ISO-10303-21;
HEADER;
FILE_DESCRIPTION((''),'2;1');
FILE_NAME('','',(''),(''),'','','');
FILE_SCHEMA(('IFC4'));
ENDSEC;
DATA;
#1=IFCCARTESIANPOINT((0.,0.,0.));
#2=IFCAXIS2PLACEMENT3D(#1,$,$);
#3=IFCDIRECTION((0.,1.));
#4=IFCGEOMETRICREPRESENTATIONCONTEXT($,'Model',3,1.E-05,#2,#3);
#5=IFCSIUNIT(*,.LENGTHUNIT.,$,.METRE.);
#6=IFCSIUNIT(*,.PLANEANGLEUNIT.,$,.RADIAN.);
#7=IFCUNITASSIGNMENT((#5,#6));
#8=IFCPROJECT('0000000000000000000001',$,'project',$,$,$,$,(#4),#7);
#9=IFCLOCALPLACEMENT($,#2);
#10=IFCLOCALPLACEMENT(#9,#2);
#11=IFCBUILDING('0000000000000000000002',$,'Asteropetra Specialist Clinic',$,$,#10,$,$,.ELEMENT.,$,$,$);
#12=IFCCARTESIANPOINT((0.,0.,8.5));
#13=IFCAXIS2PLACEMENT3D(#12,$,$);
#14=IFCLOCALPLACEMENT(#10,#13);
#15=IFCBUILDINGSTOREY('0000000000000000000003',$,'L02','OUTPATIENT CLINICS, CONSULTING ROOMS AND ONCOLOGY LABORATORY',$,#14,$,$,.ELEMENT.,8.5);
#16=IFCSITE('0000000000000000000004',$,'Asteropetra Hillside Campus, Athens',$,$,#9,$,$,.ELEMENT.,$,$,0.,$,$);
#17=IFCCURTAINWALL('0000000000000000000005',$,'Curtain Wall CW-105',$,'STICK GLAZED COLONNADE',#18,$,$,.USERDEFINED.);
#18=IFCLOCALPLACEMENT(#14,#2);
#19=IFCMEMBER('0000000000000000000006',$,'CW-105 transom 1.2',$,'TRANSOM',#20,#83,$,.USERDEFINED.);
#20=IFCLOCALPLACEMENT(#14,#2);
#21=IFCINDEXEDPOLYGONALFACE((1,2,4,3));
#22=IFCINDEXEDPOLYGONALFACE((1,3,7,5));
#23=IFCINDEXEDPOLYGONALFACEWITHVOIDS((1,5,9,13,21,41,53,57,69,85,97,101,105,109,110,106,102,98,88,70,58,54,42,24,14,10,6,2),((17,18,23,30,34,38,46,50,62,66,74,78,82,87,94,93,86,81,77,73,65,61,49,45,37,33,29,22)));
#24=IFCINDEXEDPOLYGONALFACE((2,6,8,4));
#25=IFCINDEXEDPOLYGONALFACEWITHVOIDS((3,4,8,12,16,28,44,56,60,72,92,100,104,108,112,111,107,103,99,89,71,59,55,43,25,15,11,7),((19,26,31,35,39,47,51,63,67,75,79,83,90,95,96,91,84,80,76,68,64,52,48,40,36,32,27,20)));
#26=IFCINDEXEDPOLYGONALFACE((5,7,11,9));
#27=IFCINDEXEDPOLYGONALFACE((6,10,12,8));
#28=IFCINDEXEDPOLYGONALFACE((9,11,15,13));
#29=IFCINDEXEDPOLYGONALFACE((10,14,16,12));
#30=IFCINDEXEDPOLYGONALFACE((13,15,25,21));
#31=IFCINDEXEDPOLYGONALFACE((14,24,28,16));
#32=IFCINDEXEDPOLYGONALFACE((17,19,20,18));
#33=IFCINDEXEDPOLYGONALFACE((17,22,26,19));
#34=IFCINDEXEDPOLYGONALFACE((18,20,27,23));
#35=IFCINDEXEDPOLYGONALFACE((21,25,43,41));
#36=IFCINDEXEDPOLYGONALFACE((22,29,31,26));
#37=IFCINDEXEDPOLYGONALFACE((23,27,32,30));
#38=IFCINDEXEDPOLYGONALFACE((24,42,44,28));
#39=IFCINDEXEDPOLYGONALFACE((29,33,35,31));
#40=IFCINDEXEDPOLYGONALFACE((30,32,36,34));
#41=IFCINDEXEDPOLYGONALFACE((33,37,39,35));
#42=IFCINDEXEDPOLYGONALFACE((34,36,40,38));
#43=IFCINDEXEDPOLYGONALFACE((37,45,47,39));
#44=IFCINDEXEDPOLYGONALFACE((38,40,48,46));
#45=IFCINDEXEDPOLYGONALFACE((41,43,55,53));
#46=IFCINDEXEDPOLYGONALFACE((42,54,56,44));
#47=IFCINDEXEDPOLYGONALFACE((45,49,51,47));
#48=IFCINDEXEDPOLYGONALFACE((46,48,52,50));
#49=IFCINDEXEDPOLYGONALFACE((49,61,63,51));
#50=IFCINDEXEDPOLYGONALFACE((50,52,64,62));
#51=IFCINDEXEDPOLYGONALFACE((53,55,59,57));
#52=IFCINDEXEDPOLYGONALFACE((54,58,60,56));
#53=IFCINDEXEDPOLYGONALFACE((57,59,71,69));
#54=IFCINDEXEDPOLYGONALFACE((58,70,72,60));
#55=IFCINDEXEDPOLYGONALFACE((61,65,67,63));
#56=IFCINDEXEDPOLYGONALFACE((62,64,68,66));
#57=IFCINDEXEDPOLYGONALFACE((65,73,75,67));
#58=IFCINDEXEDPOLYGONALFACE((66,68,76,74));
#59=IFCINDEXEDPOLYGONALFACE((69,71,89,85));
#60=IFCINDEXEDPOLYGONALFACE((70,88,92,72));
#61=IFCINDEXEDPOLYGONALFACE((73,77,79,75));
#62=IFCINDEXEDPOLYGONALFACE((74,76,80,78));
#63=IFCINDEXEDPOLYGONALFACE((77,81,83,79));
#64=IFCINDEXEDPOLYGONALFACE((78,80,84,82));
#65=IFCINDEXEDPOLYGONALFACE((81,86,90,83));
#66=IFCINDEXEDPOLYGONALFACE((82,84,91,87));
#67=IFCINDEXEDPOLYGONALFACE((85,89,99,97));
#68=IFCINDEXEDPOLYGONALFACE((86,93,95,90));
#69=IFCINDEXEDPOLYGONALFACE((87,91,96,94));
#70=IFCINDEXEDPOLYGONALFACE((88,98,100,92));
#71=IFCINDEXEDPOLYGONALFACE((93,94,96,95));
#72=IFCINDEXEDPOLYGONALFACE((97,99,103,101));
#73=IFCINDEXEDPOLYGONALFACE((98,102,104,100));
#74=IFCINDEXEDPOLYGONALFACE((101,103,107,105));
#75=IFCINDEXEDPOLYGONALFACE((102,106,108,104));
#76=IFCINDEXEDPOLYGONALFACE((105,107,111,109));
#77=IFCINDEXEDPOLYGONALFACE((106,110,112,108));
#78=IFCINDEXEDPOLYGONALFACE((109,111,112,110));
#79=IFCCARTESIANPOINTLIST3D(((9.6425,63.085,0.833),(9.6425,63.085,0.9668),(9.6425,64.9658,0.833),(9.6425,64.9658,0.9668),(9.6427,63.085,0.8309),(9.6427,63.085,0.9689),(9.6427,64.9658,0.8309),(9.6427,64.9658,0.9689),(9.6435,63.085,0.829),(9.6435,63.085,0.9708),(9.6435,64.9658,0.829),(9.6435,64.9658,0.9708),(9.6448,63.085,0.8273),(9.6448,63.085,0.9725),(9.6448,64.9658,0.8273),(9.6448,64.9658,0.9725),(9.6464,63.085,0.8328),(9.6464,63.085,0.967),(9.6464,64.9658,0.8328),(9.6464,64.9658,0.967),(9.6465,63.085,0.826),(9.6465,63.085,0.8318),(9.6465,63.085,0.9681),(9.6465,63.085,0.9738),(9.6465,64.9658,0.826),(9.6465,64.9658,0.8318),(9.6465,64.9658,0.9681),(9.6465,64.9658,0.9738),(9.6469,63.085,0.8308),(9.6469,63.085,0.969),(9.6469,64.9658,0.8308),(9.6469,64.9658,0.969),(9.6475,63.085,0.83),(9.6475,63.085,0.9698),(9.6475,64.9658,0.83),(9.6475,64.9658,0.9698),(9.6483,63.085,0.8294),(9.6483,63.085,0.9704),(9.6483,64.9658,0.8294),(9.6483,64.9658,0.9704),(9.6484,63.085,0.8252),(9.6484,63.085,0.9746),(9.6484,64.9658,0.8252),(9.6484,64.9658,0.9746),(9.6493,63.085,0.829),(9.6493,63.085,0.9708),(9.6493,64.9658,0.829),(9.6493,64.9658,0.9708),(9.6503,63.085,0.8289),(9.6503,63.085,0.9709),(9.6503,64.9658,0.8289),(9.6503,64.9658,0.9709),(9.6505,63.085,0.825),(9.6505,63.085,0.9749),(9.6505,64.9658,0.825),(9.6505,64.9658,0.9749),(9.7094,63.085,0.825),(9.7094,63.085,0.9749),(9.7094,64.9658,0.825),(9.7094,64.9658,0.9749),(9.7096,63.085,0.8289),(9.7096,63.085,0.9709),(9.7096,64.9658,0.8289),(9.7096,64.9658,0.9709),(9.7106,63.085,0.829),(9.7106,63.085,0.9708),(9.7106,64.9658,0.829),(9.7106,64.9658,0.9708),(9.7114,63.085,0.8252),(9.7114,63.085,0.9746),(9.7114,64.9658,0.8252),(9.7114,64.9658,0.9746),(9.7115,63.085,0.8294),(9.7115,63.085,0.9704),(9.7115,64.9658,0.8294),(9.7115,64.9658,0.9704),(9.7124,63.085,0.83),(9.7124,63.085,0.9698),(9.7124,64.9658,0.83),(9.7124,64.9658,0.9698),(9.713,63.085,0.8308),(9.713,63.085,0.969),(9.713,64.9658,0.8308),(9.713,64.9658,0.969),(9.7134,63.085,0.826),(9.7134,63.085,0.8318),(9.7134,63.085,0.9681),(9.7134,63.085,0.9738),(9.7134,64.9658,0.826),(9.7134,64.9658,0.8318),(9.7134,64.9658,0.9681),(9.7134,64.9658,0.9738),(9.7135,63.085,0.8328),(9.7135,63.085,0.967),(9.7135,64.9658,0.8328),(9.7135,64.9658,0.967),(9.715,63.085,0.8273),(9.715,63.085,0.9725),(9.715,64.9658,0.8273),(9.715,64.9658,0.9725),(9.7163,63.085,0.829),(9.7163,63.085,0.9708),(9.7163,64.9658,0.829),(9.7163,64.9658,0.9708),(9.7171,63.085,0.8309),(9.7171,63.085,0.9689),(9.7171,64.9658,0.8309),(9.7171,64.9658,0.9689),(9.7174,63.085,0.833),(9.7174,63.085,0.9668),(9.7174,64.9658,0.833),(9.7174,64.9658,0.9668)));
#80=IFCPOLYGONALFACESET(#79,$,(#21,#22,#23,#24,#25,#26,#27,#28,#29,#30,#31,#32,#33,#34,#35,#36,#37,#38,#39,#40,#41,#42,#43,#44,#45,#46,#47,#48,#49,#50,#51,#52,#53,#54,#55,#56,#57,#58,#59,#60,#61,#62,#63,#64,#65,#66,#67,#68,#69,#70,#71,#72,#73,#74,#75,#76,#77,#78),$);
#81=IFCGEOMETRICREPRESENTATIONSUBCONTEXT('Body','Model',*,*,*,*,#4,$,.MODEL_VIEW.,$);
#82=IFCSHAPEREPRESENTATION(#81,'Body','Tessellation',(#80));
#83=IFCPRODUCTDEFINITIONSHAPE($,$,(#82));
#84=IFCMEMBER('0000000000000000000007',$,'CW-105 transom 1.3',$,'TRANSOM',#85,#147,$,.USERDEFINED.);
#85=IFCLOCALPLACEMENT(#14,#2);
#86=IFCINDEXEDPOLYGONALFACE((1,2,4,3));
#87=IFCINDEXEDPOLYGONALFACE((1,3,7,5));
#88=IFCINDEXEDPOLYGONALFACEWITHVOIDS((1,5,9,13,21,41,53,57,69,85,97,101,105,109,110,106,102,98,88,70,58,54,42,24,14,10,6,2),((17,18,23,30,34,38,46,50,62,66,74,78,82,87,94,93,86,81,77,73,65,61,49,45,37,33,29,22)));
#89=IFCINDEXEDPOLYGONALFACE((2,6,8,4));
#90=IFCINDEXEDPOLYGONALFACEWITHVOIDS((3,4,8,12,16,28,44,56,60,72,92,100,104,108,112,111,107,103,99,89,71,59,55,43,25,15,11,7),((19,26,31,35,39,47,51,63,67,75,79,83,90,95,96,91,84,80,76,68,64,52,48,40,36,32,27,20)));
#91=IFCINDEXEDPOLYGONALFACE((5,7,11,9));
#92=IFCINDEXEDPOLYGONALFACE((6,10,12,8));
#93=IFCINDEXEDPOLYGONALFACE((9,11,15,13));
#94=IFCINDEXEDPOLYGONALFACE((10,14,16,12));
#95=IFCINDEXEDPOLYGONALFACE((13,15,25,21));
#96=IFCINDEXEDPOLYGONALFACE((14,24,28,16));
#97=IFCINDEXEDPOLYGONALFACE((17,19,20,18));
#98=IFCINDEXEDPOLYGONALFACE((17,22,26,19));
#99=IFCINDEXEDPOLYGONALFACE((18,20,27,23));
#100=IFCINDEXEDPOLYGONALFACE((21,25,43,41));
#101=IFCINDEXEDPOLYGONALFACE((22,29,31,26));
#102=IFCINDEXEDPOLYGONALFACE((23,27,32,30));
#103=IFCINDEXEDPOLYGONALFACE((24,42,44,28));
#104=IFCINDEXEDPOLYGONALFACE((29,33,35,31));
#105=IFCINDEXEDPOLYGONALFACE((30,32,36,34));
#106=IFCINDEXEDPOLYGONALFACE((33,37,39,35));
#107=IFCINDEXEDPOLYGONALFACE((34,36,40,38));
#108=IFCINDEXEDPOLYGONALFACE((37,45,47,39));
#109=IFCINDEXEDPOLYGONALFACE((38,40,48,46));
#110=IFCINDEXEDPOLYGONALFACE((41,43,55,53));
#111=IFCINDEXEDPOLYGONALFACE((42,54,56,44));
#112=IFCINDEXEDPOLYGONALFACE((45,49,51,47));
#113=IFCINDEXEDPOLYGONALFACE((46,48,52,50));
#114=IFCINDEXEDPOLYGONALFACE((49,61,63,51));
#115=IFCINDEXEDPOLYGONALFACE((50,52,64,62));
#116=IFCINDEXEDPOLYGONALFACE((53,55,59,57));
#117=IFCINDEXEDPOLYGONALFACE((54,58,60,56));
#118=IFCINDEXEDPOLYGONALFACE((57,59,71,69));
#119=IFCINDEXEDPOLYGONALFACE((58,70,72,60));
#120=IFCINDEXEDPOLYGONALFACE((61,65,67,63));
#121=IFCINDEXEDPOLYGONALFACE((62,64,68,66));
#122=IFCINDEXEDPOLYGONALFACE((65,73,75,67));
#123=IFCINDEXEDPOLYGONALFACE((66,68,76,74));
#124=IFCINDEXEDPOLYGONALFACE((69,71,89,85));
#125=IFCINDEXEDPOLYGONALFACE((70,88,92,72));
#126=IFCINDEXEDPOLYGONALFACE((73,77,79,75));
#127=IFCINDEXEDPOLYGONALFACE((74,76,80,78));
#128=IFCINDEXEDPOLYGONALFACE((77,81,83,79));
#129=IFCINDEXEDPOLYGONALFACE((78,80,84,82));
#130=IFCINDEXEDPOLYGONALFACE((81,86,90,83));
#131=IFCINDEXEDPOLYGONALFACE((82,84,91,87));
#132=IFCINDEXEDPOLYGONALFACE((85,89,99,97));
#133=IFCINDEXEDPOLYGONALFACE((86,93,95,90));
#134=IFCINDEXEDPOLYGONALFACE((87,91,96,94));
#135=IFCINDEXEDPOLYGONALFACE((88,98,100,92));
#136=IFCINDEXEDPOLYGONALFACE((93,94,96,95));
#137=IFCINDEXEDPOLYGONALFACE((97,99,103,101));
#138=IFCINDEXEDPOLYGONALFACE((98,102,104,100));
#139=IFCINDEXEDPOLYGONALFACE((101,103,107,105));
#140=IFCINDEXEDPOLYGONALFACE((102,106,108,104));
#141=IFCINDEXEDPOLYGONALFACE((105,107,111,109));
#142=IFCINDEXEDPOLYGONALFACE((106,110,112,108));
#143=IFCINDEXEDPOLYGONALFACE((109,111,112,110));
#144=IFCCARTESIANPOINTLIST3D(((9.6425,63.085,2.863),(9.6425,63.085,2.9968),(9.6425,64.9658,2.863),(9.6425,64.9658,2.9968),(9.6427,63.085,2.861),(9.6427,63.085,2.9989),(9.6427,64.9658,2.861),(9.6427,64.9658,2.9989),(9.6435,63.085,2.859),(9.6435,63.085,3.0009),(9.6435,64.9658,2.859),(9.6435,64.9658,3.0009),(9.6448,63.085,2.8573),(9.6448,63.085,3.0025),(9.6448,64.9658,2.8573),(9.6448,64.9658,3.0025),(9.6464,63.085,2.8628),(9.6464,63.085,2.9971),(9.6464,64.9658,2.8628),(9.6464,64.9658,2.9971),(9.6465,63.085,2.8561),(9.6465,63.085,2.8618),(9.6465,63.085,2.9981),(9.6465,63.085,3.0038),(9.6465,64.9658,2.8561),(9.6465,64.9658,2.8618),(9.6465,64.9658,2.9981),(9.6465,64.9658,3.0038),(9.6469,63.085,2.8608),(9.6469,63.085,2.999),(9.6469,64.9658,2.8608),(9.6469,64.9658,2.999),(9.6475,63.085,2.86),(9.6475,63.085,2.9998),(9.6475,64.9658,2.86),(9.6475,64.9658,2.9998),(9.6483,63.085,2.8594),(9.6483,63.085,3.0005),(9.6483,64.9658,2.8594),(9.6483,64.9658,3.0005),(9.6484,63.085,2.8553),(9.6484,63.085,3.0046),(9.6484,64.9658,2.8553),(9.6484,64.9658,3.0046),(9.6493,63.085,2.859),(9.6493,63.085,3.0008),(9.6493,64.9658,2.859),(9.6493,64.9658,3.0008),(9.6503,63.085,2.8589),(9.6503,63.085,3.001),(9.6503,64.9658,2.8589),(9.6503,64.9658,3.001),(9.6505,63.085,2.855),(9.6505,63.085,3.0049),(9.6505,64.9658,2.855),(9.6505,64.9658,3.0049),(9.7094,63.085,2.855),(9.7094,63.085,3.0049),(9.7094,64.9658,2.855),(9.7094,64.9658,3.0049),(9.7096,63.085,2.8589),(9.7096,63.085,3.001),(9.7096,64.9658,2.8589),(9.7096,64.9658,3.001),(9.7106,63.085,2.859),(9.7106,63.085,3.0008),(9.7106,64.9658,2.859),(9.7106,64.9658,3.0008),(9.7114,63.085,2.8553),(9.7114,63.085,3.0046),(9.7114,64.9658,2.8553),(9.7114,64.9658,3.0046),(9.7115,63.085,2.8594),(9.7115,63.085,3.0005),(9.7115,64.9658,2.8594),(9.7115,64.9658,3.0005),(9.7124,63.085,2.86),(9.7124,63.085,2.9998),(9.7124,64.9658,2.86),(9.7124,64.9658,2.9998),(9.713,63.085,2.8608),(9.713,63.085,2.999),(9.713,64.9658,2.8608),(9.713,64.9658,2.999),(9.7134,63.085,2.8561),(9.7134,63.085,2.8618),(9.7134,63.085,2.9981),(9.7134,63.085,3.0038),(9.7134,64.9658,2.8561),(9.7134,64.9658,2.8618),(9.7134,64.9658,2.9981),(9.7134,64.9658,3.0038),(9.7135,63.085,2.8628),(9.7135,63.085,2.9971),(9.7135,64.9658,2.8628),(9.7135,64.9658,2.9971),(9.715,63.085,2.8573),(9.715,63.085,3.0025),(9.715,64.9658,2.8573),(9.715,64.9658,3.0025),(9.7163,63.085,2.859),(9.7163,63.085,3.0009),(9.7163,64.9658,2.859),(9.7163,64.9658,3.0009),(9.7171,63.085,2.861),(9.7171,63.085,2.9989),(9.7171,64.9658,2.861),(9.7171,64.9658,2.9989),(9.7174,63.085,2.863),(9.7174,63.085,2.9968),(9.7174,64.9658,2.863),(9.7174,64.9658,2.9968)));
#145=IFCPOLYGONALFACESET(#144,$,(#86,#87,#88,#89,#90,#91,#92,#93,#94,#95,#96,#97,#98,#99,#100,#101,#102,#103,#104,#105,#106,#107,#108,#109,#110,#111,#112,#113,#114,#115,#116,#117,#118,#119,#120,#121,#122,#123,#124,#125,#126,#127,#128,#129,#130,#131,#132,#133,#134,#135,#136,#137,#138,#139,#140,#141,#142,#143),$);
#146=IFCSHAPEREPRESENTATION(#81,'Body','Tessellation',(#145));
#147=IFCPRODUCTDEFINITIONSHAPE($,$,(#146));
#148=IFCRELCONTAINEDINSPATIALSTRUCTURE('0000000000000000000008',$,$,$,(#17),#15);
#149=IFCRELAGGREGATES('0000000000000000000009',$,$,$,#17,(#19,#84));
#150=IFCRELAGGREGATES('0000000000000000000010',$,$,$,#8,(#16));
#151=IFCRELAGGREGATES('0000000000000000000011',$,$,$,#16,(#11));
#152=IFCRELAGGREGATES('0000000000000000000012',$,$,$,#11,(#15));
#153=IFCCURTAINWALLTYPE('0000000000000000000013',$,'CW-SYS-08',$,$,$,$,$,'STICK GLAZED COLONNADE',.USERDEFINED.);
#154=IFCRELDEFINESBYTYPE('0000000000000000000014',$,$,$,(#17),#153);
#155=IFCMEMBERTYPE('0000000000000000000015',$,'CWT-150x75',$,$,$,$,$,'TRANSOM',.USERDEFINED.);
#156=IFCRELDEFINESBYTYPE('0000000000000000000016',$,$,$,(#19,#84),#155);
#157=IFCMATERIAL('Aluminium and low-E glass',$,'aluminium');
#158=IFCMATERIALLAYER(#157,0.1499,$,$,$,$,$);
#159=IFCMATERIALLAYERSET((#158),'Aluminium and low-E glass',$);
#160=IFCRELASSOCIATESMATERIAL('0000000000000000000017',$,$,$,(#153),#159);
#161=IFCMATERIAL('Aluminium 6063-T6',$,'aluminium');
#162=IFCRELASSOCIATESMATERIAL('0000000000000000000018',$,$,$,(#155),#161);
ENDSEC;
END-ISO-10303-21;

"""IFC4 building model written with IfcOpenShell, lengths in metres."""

from ifc_helpers import new_model, si_unit, direction, frame, origin, origin_2d, place, context, subcontext, project, spatial, hollow_rectangle, extrude, material, layer, layer_set, material_profile, profile_set, type_object, element, aggregate, save


model = new_model("IFC4")

# Units and contexts
model_context = context("Model", 3, precision=1e-05, world=origin(), true_north=direction((0.0, 1.0)))
body_context = subcontext(model_context, "Body", "Model", "MODEL_VIEW")
ifc_project = project(units=[si_unit("LENGTHUNIT", "METRE"), si_unit("PLANEANGLEUNIT", "RADIAN")], contexts=[model_context])

# Site, building, storey
site_placement = place(None, origin())
site = spatial("IfcSite", under=ifc_project, at=site_placement, Name="Asteropetra Hillside Campus, Athens", CompositionType="ELEMENT", RefElevation=0.0)
building_placement = place(site_placement, origin())
building = spatial("IfcBuilding", under=site, at=building_placement, Name="Asteropetra Specialist Clinic", CompositionType="ELEMENT")
storey_placement = place(building_placement, frame((0.0, 0.0, 8.5)))
storey = spatial("IfcBuildingStorey", under=building, at=storey_placement, Name="L02", Description="OUTPATIENT CLINICS, CONSULTING ROOMS AND ONCOLOGY LABORATORY", CompositionType="ELEMENT", Elevation=8.5)

# Curtain wall, members
ifc_material_1 = material(Name="Aluminium and low-E glass", Category="aluminium")
ifc_layer_1 = layer(ifc_material_1, 0.1499)
ifc_layer_set_1 = layer_set([ifc_layer_1], Name="Aluminium and low-E glass")
curtain_wall_type = type_object("IfcCurtainWallType", Name="CW-SYS-08", ElementType="STICK GLAZED COLONNADE", PredefinedType="USERDEFINED", material=ifc_layer_set_1)
curtain_wall_placement = place(storey_placement, origin())
curtain_wall = element("IfcCurtainWall", 1, at=curtain_wall_placement, inside=storey, type_object=curtain_wall_type, Name="Curtain Wall CW-105", ObjectType="STICK GLAZED COLONNADE", PredefinedType="USERDEFINED")
ifc_material_2 = material(Name="Aluminium 6063-T6", Category="aluminium")
ifc_material_profile_1 = material_profile(ifc_material_2, hollow_rectangle(XDim=0.075, YDim=0.1499, WallThickness=0.0039, InnerFilletRadius=0.0039, OuterFilletRadius=0.0081, at=origin_2d()), Name="TRN 150x75x4.0")
ifc_profile_set_1 = profile_set([ifc_material_profile_1], Name="Aluminium 6063-T6")
member_type_1 = type_object("IfcMemberType", Name="CWT-150x75", ElementType="TRANSOM", PredefinedType="USERDEFINED", material=ifc_profile_set_1)
member_1_placement = place(storey_placement, frame((9.6799, 63.085, 0.8999), z_axis=(0.0, 1.0, 0.0), x_axis=(-1.0, 0.0, 0.0)))
member_1 = element("IfcMember", 2, at=member_1_placement, type_object=member_type_1, Name="CW-105 transom 1.2", ObjectType="TRANSOM", PredefinedType="USERDEFINED", context=body_context, shape_type="SweptSolid", body=[
    extrude(hollow_rectangle(XDim=0.075, YDim=0.1499, WallThickness=0.0039, InnerFilletRadius=0.0039, OuterFilletRadius=0.0081, at=origin_2d()), origin(), (0.0, 0.0, 1.0), 1.8809),
])
member_2_placement = place(storey_placement, frame((9.6799, 63.085, 2.9299), z_axis=(0.0, 1.0, 0.0), x_axis=(-1.0, 0.0, 0.0)))
member_2 = element("IfcMember", 3, at=member_2_placement, type_object=member_type_1, Name="CW-105 transom 1.3", ObjectType="TRANSOM", PredefinedType="USERDEFINED", context=body_context, shape_type="SweptSolid", body=[
    extrude(hollow_rectangle(XDim=0.075, YDim=0.1499, WallThickness=0.0039, InnerFilletRadius=0.0039, OuterFilletRadius=0.0081, at=origin_2d()), origin(), (0.0, 0.0, 1.0), 1.8809),
])
aggregate(curtain_wall, [member_1, member_2])

save(model, "model.ifc")
